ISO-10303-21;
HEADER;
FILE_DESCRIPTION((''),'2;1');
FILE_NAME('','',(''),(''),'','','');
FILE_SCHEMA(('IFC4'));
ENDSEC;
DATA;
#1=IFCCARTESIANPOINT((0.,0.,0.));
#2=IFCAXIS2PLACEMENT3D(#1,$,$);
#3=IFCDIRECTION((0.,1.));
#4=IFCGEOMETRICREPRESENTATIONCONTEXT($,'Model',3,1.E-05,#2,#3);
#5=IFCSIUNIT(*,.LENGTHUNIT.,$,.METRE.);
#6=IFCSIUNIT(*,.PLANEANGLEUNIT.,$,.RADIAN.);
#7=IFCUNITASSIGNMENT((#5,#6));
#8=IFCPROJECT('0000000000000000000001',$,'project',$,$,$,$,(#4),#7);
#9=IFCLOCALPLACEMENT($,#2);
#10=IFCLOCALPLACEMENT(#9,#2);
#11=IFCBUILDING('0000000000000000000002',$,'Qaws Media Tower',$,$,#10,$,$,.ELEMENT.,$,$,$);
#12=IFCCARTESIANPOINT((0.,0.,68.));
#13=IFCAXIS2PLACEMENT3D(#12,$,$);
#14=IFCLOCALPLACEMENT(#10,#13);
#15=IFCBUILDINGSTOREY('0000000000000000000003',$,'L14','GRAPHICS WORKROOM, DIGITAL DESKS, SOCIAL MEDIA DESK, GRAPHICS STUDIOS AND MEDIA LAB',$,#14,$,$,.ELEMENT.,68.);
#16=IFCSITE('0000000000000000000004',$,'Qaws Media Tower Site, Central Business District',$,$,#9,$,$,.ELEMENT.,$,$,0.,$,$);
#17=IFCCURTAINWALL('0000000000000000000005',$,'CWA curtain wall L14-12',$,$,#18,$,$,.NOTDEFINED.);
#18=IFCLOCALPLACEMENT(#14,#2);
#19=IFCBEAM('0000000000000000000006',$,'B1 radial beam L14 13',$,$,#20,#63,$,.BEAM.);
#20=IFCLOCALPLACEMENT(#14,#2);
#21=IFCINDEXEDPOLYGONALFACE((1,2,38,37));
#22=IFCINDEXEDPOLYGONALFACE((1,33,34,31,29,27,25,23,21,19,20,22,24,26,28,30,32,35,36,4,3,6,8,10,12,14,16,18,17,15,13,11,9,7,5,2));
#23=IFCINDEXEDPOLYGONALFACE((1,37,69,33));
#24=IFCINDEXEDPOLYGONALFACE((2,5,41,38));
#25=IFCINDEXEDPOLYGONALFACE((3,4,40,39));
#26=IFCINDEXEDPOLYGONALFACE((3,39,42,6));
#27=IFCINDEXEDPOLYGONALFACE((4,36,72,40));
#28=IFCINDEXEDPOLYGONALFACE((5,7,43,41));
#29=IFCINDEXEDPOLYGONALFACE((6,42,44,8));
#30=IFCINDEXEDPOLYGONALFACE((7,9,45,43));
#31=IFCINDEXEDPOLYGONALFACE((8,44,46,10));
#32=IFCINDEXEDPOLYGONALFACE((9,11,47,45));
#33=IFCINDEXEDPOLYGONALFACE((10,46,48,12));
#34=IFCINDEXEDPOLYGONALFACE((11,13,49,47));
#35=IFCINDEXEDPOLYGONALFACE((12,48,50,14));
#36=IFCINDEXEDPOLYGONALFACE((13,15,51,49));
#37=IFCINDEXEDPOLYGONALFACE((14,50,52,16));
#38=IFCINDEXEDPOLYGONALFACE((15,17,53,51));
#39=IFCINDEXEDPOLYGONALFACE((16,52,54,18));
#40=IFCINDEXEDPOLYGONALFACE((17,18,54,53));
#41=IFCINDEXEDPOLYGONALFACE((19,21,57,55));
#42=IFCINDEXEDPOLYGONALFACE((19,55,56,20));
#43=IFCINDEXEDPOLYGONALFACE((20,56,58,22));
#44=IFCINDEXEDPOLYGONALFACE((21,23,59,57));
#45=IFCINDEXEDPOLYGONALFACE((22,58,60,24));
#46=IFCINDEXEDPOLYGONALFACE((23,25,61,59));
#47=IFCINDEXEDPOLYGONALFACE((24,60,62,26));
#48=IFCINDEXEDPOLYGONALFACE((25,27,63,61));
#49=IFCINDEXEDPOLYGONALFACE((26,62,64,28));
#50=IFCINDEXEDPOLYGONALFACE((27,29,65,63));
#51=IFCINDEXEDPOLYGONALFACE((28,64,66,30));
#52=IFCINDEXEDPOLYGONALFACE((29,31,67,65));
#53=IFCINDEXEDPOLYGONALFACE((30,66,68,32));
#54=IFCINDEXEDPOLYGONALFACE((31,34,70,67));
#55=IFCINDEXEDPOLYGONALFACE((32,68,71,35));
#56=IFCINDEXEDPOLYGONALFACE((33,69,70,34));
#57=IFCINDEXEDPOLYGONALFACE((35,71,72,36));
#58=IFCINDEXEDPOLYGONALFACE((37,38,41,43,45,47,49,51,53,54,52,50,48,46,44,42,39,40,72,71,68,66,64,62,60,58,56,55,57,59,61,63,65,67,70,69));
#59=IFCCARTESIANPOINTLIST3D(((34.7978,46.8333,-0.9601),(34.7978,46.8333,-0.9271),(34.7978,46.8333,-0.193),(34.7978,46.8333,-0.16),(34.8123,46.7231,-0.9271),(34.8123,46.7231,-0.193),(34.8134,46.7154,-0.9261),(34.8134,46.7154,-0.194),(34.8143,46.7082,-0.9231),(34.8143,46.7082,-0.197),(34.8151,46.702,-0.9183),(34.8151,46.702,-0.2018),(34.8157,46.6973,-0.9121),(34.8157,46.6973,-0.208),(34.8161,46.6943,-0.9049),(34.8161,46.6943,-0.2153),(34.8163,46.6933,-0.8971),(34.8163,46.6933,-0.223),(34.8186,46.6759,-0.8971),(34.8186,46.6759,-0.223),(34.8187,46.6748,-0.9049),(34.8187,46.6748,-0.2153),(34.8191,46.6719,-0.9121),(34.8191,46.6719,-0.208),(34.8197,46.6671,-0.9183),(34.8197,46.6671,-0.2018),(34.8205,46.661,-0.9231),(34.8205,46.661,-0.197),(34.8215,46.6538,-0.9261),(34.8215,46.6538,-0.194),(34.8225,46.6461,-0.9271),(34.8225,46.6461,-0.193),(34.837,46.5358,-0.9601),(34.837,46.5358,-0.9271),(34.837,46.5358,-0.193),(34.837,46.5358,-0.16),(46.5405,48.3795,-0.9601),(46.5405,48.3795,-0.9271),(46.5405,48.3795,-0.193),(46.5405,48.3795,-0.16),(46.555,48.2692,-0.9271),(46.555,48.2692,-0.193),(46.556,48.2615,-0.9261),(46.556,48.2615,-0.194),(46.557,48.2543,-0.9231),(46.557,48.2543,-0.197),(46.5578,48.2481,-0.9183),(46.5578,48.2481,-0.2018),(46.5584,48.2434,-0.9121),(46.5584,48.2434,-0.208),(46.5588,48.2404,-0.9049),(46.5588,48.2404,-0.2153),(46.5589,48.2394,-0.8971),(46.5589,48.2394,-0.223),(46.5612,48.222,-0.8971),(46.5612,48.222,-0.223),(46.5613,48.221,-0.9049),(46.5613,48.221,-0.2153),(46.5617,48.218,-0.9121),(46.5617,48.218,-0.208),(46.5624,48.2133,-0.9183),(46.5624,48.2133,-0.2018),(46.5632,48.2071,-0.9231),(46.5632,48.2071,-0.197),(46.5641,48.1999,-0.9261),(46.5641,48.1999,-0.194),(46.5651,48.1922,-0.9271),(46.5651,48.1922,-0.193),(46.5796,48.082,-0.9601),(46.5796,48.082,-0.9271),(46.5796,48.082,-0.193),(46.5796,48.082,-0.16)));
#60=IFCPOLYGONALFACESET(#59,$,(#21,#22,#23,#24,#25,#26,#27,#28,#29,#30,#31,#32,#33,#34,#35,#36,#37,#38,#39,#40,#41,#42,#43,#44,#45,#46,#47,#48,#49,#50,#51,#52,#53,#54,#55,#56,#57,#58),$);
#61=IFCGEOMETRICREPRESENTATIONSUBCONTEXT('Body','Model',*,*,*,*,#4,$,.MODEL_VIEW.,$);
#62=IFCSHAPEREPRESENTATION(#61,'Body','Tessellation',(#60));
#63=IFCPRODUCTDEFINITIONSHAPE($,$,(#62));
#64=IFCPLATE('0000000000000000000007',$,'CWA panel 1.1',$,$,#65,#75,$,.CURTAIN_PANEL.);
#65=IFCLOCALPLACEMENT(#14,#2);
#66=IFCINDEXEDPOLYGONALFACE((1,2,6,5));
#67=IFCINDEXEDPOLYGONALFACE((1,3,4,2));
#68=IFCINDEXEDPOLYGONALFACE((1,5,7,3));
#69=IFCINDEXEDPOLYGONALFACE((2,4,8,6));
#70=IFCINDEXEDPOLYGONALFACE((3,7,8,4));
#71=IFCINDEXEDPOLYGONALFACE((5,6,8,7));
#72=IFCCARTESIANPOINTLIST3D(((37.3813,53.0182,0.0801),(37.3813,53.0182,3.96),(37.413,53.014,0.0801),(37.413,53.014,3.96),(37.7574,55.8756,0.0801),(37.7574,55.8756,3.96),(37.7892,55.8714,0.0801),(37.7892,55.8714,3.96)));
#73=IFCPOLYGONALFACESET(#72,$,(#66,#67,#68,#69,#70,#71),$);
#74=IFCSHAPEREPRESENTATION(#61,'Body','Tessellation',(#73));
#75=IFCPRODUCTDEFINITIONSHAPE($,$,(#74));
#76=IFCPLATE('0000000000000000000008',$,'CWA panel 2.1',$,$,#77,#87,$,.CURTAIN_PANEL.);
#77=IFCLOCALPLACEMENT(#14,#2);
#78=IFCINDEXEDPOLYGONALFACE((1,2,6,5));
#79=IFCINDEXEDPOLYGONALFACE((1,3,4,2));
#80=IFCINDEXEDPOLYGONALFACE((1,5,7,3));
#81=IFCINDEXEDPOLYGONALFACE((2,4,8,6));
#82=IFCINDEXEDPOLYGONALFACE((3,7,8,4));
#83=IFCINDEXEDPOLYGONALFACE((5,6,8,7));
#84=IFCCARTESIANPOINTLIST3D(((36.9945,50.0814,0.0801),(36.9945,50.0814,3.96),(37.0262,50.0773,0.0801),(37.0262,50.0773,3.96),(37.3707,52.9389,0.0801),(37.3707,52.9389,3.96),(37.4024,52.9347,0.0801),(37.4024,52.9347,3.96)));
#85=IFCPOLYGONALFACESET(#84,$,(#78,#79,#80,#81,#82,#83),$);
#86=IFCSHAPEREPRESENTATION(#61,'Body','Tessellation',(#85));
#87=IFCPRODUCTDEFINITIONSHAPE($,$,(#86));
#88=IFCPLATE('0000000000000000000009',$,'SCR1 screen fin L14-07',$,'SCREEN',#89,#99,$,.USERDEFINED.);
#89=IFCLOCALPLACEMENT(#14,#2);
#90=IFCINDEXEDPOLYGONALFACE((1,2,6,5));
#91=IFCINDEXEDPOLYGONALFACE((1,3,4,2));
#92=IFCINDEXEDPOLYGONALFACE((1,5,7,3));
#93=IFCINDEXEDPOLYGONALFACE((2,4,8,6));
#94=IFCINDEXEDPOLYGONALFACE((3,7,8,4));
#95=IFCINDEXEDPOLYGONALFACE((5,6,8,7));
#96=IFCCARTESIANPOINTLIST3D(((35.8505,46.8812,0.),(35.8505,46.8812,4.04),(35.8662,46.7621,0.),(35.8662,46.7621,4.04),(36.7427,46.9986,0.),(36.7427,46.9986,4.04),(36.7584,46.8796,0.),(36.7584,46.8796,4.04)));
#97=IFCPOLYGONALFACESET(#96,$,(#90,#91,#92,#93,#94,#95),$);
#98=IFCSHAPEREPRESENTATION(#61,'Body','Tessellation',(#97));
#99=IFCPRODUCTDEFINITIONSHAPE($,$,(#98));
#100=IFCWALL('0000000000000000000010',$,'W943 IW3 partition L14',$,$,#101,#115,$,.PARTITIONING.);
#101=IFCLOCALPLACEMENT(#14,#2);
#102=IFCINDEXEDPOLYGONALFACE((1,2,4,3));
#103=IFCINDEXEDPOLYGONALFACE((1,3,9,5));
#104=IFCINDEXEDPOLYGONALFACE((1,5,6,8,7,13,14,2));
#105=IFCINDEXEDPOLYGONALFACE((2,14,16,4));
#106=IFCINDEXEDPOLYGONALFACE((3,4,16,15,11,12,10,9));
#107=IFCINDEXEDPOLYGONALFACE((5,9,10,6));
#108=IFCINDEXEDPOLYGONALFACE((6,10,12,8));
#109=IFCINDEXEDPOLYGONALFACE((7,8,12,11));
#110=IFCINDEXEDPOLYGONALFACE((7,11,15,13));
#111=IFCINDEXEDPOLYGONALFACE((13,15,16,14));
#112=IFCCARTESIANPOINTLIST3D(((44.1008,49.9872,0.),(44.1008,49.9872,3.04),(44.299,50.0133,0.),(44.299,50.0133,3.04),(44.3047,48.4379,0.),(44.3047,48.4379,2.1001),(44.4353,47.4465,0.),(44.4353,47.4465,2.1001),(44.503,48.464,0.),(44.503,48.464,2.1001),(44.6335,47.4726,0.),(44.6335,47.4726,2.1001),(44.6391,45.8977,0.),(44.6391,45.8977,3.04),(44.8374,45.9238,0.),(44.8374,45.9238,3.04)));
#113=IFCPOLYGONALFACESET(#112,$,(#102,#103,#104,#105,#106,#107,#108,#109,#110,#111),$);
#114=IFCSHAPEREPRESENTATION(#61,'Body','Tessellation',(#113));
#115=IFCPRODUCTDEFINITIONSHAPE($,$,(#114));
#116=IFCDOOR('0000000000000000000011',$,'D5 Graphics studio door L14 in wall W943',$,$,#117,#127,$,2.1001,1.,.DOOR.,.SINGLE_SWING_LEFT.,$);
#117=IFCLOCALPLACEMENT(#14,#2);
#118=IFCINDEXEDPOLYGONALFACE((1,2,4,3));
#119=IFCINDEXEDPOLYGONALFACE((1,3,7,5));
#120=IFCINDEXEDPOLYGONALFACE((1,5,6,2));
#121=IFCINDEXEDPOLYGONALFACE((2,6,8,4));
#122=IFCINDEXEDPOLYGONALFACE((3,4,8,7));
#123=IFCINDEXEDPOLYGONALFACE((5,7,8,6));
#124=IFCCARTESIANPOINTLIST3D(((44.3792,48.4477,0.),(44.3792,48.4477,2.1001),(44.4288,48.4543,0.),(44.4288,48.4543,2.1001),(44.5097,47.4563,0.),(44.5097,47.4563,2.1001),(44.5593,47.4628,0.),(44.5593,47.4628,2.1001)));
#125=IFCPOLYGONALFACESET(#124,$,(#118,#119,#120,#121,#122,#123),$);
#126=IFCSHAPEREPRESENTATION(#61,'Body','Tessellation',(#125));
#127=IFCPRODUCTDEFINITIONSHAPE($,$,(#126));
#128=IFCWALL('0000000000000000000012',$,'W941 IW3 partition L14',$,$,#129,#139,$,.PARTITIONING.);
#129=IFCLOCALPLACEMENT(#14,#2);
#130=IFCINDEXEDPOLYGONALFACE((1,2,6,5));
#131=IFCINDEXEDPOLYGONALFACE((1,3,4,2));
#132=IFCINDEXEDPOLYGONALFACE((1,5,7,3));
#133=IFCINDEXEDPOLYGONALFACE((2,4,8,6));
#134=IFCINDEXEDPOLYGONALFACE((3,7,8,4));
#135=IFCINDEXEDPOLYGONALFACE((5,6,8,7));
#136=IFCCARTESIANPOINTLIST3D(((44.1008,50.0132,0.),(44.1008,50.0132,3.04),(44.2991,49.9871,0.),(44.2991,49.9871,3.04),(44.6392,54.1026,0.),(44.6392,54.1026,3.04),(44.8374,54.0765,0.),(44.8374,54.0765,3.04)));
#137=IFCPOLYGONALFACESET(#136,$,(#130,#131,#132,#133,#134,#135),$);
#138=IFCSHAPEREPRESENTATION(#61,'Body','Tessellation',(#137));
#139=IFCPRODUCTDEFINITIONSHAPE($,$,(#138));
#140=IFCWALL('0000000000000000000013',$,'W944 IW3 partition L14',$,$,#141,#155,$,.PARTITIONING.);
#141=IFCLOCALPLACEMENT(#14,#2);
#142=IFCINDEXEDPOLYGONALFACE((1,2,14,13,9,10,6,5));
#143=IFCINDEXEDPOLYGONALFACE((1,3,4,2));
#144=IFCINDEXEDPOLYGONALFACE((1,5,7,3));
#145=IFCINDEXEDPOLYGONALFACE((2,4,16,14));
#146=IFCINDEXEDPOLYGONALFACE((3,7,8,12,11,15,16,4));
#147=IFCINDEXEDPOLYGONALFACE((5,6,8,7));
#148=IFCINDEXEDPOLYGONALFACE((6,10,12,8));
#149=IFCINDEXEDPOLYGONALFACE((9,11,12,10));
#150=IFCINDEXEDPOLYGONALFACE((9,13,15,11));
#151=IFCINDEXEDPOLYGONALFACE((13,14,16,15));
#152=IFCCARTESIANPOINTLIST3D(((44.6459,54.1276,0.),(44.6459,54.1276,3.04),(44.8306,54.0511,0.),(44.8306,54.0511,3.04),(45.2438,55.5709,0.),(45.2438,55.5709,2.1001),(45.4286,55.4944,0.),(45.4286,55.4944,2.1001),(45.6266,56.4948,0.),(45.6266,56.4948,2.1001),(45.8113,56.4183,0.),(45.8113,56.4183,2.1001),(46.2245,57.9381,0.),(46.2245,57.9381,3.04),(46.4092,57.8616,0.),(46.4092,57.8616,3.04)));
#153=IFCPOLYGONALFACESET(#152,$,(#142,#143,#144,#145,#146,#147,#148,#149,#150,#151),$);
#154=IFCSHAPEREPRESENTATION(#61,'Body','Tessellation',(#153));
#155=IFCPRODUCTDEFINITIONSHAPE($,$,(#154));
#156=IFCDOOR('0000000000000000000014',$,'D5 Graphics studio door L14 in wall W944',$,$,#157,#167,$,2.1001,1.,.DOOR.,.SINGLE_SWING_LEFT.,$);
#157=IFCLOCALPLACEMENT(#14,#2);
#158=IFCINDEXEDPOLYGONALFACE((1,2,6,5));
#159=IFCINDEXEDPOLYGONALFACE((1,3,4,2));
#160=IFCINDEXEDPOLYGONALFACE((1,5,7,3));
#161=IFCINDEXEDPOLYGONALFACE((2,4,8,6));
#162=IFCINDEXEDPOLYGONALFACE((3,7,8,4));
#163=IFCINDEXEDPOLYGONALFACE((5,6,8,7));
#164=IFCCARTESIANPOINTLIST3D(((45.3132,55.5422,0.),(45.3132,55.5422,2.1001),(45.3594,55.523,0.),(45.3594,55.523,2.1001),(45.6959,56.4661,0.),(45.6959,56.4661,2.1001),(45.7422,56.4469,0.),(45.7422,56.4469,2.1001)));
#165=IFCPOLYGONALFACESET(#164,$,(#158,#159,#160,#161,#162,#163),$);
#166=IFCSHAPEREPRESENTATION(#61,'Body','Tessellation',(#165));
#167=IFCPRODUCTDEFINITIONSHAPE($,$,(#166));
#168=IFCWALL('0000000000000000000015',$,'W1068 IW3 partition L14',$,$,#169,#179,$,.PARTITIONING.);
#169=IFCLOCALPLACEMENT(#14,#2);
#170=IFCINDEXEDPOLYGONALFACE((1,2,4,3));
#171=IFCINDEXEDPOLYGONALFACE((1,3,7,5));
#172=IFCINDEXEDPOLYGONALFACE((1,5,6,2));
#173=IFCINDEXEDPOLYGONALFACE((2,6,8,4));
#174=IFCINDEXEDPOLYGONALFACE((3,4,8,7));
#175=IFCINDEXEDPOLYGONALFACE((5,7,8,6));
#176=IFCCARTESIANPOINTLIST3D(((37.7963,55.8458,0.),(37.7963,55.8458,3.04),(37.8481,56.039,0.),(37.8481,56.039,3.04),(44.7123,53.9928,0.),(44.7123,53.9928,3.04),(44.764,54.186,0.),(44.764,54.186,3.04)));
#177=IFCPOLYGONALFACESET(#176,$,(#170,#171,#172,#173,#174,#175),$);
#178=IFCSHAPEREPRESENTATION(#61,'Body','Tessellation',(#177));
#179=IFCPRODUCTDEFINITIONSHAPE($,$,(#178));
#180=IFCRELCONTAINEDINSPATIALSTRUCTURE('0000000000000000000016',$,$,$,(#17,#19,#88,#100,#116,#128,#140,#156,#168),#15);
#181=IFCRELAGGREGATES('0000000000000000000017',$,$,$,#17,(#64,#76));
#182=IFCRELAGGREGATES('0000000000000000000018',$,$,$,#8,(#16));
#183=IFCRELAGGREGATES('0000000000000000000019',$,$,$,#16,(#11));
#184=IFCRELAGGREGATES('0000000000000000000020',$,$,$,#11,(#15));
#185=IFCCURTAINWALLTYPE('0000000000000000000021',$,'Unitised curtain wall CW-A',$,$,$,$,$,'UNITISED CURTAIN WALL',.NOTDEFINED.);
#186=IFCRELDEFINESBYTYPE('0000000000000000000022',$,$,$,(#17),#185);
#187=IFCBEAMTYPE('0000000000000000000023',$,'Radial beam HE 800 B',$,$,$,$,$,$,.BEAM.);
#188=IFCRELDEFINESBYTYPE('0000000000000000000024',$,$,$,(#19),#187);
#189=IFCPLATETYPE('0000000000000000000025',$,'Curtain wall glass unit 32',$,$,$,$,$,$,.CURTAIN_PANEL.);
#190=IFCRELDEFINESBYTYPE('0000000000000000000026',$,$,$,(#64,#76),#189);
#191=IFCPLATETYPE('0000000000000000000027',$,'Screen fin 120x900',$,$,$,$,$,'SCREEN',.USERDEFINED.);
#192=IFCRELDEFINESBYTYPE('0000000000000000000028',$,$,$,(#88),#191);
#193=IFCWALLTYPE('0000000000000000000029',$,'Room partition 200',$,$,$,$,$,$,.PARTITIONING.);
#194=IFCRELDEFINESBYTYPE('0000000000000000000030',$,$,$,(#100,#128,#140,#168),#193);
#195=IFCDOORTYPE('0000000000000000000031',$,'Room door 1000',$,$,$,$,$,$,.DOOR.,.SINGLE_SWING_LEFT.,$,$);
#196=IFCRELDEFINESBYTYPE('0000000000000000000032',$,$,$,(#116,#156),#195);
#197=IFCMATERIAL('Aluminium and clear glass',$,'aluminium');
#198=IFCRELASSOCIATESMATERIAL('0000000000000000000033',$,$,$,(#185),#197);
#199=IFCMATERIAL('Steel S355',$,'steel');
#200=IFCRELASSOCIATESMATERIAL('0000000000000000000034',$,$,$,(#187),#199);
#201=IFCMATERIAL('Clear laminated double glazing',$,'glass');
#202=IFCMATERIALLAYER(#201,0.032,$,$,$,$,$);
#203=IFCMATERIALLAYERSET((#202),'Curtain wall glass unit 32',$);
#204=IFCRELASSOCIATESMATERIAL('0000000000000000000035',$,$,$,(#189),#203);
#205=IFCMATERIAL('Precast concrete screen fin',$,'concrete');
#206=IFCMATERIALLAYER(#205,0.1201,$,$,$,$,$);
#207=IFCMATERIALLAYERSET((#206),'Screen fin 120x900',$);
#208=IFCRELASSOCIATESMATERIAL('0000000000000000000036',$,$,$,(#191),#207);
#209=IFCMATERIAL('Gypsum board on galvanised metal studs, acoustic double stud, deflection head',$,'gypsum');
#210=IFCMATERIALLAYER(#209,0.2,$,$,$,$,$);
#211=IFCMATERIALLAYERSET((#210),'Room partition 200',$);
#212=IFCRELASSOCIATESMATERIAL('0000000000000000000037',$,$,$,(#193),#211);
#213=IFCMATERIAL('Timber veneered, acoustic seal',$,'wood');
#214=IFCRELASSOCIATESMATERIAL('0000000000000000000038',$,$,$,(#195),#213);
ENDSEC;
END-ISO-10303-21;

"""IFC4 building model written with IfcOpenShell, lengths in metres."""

from ifc_helpers import new_model, si_unit, direction, frame, frame_2d, origin, origin_2d, place, context, subcontext, project, spatial, rectangle, i_section, extrude, material, layer, layer_set, material_profile, profile_set, type_object, element, fill, aggregate, save


model = new_model("IFC4")

# Units and contexts
model_context = context("Model", 3, precision=1e-05, world=origin(), true_north=direction((0.0, 1.0)))
body_context = subcontext(model_context, "Body", "Model", "MODEL_VIEW")
ifc_project = project(units=[si_unit("LENGTHUNIT", "METRE"), si_unit("PLANEANGLEUNIT", "RADIAN")], contexts=[model_context])

# Site, building, storey
site_placement = place(None, origin())
site = spatial("IfcSite", under=ifc_project, at=site_placement, Name="Qaws Media Tower Site, Central Business District", CompositionType="ELEMENT", RefElevation=0.0)
building_placement = place(site_placement, origin())
building = spatial("IfcBuilding", under=site, at=building_placement, Name="Qaws Media Tower", CompositionType="ELEMENT")
storey_placement = place(building_placement, frame((0.0, 0.0, 68.0)))
storey = spatial("IfcBuildingStorey", under=building, at=storey_placement, Name="L14", Description="GRAPHICS WORKROOM, DIGITAL DESKS, SOCIAL MEDIA DESK, GRAPHICS STUDIOS AND MEDIA LAB", CompositionType="ELEMENT", Elevation=68.0)

# Shared definitions
ifc_material_1 = material(Name="Aluminium and clear glass", Category="aluminium")
curtain_wall_type = type_object("IfcCurtainWallType", Name="Unitised curtain wall CW-A", ElementType="UNITISED CURTAIN WALL", PredefinedType="NOTDEFINED", material=ifc_material_1)

# Curtain wall
curtain_wall_1_placement = place(storey_placement, origin())
curtain_wall_1 = element("IfcCurtainWall", 1, at=curtain_wall_1_placement, inside=storey, type_object=curtain_wall_type, Name="CWA curtain wall L14-12", PredefinedType="NOTDEFINED")

# Beam
ifc_material_2 = material(Name="Steel S355", Category="steel")
ifc_material_profile_1 = material_profile(ifc_material_2, i_section(OverallWidth=0.3, OverallDepth=0.8, WebThickness=0.0176, FlangeThickness=0.033, FilletRadius=0.03, at=origin_2d()), Name="HE 800 B")
ifc_profile_set_1 = profile_set([ifc_material_profile_1], Name="Steel S355")
beam_type_1 = type_object("IfcBeamType", Name="Radial beam HE 800 B", PredefinedType="BEAM", material=ifc_profile_set_1)
beam_1_placement = place(storey_placement, frame((46.5601, 48.2307, -0.5601), z_axis=(-0.991443, -0.130542, 0.0), x_axis=(0.130542, -0.991443, 0.0)))
element("IfcBeam", 2, at=beam_1_placement, inside=storey, type_object=beam_type_1, Name="B1 radial beam L14 13", PredefinedType="BEAM", context=body_context, shape_type="SweptSolid", body=[
    extrude(i_section(OverallWidth=0.3, OverallDepth=0.8, WebThickness=0.0176, FlangeThickness=0.033, FilletRadius=0.03, at=origin_2d()), origin(), (0.0, 0.0, 1.0), 11.844),
])

# Plates
ifc_material_3 = material(Name="Clear laminated double glazing", Category="glass")
ifc_layer_1 = layer(ifc_material_3, 0.032)
ifc_layer_set_1 = layer_set([ifc_layer_1], Name="Curtain wall glass unit 32")
plate_type_1 = type_object("IfcPlateType", Name="Curtain wall glass unit 32", PredefinedType="CURTAIN_PANEL", material=ifc_layer_set_1)
plate_1_placement = place(storey_placement, frame((37.5852, 54.4448, 0.0801), z_axis=(0.0, 0.0, 1.0), x_axis=(-0.130526, -0.991445, 0.0)))
plate_1 = element("IfcPlate", 3, at=plate_1_placement, type_object=plate_type_1, Name="CWA panel 1.1", PredefinedType="CURTAIN_PANEL", context=body_context, shape_type="SweptSolid", body=[
    extrude(rectangle(XDim=2.8821, YDim=0.032, at=origin_2d()), origin(), (0.0, 0.0, 1.0), 3.8799),
])
plate_2_placement = place(storey_placement, frame((37.1985, 51.5081, 0.0801), z_axis=(0.0, 0.0, 1.0), x_axis=(-0.130526, -0.991445, 0.0)))
plate_2 = element("IfcPlate", 4, at=plate_2_placement, type_object=plate_type_1, Name="CWA panel 2.1", PredefinedType="CURTAIN_PANEL", context=body_context, shape_type="SweptSolid", body=[
    extrude(rectangle(XDim=2.8821, YDim=0.032, at=origin_2d()), origin(), (0.0, 0.0, 1.0), 3.8799),
])
aggregate(curtain_wall_1, [plate_1, plate_2])
ifc_material_4 = material(Name="Precast concrete screen fin", Category="concrete")
ifc_layer_2 = layer(ifc_material_4, 0.1201)
ifc_layer_set_2 = layer_set([ifc_layer_2], Name="Screen fin 120x900")
plate_type_2 = type_object("IfcPlateType", Name="Screen fin 120x900", ElementType="SCREEN", PredefinedType="USERDEFINED", material=ifc_layer_set_2)
plate_3_placement = place(storey_placement, frame((36.3044, 46.8804, 0.0), z_axis=(0.0, 0.0, 1.0), x_axis=(-0.991445, -0.130526, 0.0)))
element("IfcPlate", 5, at=plate_3_placement, inside=storey, type_object=plate_type_2, Name="SCR1 screen fin L14-07", ObjectType="SCREEN", PredefinedType="USERDEFINED", context=body_context, shape_type="SweptSolid", body=[
    extrude(rectangle(XDim=0.8999, YDim=0.1201, at=origin_2d()), origin(), (0.0, 0.0, 1.0), 4.04),
])

# Wall, opening, door
ifc_material_5 = material(Name="Gypsum board on galvanised metal studs, acoustic double stud, deflection head", Category="gypsum")
ifc_layer_3 = layer(ifc_material_5, 0.2)
ifc_layer_set_3 = layer_set([ifc_layer_3], Name="Room partition 200")
wall_type_1 = type_object("IfcWallType", Name="Room partition 200", PredefinedType="PARTITIONING", material=ifc_layer_set_3)
wall_1_placement = place(storey_placement, frame((44.7383, 45.9106, 0.0), z_axis=(0.0, 0.0, 1.0), x_axis=(-0.130516, 0.991446, 0.0)))
wall_1 = element("IfcWall", 6, at=wall_1_placement, inside=storey, type_object=wall_type_1, Name="W943 IW3 partition L14", PredefinedType="PARTITIONING", context=body_context, shape_type="SweptSolid", body=[
    extrude(rectangle(XDim=4.1248, YDim=0.2, at=frame_2d((2.0625, 0.0))), origin(), (0.0, 0.0, 1.0), 3.04),
])
opening_1_placement = place(wall_1_placement, frame((1.5623, 0.0, 0.0)))
opening_1 = element("IfcOpeningElement", 7, at=opening_1_placement, cuts=wall_1, PredefinedType="OPENING", context=body_context, shape_type="SweptSolid", body=[
    extrude(rectangle(XDim=1.0, YDim=2.1001, at=frame_2d((0.5, 1.05))), frame((0.0, 0.1099, 0.0), z_axis=(0.0, -1.0, 0.0), x_axis=(1.0, 0.0, 0.0)), (0.0, 0.0, 1.0), 0.22),
])
ifc_material_6 = material(Name="Timber veneered, acoustic seal", Category="wood")
door_type_1 = type_object("IfcDoorType", Name="Room door 1000", OperationType="SINGLE_SWING_LEFT", PredefinedType="DOOR", material=ifc_material_6)
door_1_placement = place(opening_1_placement, origin())
door_1 = element("IfcDoor", 8, at=door_1_placement, inside=storey, type_object=door_type_1, Name="D5 Graphics studio door L14 in wall W943", OperationType="SINGLE_SWING_LEFT", OverallHeight=2.1001, OverallWidth=1.0, PredefinedType="DOOR", context=body_context, shape_type="SweptSolid", body=[
    extrude(rectangle(XDim=1.0, YDim=2.1001, at=frame_2d((0.5, 1.05))), frame((0.0, 0.0249, 0.0), z_axis=(0.0, -1.0, 0.0), x_axis=(1.0, 0.0, 0.0)), (0.0, 0.0, 1.0), 0.05),
])
fill(opening_1, door_1)

# Wall
wall_2_placement = place(storey_placement, frame((44.2, 50.0, 0.0), z_axis=(0.0, 0.0, 1.0), x_axis=(0.130516, 0.991446, 0.0)))
element("IfcWall", 9, at=wall_2_placement, inside=storey, type_object=wall_type_1, Name="W941 IW3 partition L14", PredefinedType="PARTITIONING", context=body_context, shape_type="SweptSolid", body=[
    extrude(rectangle(XDim=4.1248, YDim=0.2, at=frame_2d((2.0625, 0.0))), origin(), (0.0, 0.0, 1.0), 3.04),
])

# Wall, opening, door
wall_3_placement = place(storey_placement, frame((44.7383, 54.0894, 0.0), z_axis=(0.0, 0.0, 1.0), x_axis=(0.382732, 0.92386, 0.0)))
wall_3 = element("IfcWall", 10, at=wall_3_placement, inside=storey, type_object=wall_type_1, Name="W944 IW3 partition L14", PredefinedType="PARTITIONING", context=body_context, shape_type="SweptSolid", body=[
    extrude(rectangle(XDim=4.1245, YDim=0.2, at=frame_2d((2.0623, 0.0))), origin(), (0.0, 0.0, 1.0), 3.04),
])
opening_2_placement = place(wall_3_placement, frame((1.5623, 0.0, 0.0)))
opening_2 = element("IfcOpeningElement", 11, at=opening_2_placement, cuts=wall_3, PredefinedType="OPENING", context=body_context, shape_type="SweptSolid", body=[
    extrude(rectangle(XDim=1.0, YDim=2.1001, at=frame_2d((0.5, 1.05))), frame((0.0, 0.1099, 0.0), z_axis=(0.0, -1.0, 0.0), x_axis=(1.0, 0.0, 0.0)), (0.0, 0.0, 1.0), 0.22),
])
door_2_placement = place(opening_2_placement, origin())
door_2 = element("IfcDoor", 12, at=door_2_placement, inside=storey, type_object=door_type_1, Name="D5 Graphics studio door L14 in wall W944", OperationType="SINGLE_SWING_LEFT", OverallHeight=2.1001, OverallWidth=1.0, PredefinedType="DOOR", context=body_context, shape_type="SweptSolid", body=[
    extrude(rectangle(XDim=1.0, YDim=2.1001, at=frame_2d((0.5, 1.05))), frame((0.0, 0.0249, 0.0), z_axis=(0.0, -1.0, 0.0), x_axis=(1.0, 0.0, 0.0)), (0.0, 0.0, 1.0), 0.05),
])
fill(opening_2, door_2)

# Wall
wall_4_placement = place(storey_placement, frame((44.7383, 54.0894, 0.0), z_axis=(0.0, 0.0, 1.0), x_axis=(-0.96593, 0.258804, 0.0)))
element("IfcWall", 13, at=wall_4_placement, inside=storey, type_object=wall_type_1, Name="W1068 IW3 partition L14", PredefinedType="PARTITIONING", context=body_context, shape_type="SweptSolid", body=[
    extrude(rectangle(XDim=7.1599, YDim=0.2, at=frame_2d((3.5801, 0.0))), origin(), (0.0, 0.0, 1.0), 3.04),
])

save(model, "model.ifc")
